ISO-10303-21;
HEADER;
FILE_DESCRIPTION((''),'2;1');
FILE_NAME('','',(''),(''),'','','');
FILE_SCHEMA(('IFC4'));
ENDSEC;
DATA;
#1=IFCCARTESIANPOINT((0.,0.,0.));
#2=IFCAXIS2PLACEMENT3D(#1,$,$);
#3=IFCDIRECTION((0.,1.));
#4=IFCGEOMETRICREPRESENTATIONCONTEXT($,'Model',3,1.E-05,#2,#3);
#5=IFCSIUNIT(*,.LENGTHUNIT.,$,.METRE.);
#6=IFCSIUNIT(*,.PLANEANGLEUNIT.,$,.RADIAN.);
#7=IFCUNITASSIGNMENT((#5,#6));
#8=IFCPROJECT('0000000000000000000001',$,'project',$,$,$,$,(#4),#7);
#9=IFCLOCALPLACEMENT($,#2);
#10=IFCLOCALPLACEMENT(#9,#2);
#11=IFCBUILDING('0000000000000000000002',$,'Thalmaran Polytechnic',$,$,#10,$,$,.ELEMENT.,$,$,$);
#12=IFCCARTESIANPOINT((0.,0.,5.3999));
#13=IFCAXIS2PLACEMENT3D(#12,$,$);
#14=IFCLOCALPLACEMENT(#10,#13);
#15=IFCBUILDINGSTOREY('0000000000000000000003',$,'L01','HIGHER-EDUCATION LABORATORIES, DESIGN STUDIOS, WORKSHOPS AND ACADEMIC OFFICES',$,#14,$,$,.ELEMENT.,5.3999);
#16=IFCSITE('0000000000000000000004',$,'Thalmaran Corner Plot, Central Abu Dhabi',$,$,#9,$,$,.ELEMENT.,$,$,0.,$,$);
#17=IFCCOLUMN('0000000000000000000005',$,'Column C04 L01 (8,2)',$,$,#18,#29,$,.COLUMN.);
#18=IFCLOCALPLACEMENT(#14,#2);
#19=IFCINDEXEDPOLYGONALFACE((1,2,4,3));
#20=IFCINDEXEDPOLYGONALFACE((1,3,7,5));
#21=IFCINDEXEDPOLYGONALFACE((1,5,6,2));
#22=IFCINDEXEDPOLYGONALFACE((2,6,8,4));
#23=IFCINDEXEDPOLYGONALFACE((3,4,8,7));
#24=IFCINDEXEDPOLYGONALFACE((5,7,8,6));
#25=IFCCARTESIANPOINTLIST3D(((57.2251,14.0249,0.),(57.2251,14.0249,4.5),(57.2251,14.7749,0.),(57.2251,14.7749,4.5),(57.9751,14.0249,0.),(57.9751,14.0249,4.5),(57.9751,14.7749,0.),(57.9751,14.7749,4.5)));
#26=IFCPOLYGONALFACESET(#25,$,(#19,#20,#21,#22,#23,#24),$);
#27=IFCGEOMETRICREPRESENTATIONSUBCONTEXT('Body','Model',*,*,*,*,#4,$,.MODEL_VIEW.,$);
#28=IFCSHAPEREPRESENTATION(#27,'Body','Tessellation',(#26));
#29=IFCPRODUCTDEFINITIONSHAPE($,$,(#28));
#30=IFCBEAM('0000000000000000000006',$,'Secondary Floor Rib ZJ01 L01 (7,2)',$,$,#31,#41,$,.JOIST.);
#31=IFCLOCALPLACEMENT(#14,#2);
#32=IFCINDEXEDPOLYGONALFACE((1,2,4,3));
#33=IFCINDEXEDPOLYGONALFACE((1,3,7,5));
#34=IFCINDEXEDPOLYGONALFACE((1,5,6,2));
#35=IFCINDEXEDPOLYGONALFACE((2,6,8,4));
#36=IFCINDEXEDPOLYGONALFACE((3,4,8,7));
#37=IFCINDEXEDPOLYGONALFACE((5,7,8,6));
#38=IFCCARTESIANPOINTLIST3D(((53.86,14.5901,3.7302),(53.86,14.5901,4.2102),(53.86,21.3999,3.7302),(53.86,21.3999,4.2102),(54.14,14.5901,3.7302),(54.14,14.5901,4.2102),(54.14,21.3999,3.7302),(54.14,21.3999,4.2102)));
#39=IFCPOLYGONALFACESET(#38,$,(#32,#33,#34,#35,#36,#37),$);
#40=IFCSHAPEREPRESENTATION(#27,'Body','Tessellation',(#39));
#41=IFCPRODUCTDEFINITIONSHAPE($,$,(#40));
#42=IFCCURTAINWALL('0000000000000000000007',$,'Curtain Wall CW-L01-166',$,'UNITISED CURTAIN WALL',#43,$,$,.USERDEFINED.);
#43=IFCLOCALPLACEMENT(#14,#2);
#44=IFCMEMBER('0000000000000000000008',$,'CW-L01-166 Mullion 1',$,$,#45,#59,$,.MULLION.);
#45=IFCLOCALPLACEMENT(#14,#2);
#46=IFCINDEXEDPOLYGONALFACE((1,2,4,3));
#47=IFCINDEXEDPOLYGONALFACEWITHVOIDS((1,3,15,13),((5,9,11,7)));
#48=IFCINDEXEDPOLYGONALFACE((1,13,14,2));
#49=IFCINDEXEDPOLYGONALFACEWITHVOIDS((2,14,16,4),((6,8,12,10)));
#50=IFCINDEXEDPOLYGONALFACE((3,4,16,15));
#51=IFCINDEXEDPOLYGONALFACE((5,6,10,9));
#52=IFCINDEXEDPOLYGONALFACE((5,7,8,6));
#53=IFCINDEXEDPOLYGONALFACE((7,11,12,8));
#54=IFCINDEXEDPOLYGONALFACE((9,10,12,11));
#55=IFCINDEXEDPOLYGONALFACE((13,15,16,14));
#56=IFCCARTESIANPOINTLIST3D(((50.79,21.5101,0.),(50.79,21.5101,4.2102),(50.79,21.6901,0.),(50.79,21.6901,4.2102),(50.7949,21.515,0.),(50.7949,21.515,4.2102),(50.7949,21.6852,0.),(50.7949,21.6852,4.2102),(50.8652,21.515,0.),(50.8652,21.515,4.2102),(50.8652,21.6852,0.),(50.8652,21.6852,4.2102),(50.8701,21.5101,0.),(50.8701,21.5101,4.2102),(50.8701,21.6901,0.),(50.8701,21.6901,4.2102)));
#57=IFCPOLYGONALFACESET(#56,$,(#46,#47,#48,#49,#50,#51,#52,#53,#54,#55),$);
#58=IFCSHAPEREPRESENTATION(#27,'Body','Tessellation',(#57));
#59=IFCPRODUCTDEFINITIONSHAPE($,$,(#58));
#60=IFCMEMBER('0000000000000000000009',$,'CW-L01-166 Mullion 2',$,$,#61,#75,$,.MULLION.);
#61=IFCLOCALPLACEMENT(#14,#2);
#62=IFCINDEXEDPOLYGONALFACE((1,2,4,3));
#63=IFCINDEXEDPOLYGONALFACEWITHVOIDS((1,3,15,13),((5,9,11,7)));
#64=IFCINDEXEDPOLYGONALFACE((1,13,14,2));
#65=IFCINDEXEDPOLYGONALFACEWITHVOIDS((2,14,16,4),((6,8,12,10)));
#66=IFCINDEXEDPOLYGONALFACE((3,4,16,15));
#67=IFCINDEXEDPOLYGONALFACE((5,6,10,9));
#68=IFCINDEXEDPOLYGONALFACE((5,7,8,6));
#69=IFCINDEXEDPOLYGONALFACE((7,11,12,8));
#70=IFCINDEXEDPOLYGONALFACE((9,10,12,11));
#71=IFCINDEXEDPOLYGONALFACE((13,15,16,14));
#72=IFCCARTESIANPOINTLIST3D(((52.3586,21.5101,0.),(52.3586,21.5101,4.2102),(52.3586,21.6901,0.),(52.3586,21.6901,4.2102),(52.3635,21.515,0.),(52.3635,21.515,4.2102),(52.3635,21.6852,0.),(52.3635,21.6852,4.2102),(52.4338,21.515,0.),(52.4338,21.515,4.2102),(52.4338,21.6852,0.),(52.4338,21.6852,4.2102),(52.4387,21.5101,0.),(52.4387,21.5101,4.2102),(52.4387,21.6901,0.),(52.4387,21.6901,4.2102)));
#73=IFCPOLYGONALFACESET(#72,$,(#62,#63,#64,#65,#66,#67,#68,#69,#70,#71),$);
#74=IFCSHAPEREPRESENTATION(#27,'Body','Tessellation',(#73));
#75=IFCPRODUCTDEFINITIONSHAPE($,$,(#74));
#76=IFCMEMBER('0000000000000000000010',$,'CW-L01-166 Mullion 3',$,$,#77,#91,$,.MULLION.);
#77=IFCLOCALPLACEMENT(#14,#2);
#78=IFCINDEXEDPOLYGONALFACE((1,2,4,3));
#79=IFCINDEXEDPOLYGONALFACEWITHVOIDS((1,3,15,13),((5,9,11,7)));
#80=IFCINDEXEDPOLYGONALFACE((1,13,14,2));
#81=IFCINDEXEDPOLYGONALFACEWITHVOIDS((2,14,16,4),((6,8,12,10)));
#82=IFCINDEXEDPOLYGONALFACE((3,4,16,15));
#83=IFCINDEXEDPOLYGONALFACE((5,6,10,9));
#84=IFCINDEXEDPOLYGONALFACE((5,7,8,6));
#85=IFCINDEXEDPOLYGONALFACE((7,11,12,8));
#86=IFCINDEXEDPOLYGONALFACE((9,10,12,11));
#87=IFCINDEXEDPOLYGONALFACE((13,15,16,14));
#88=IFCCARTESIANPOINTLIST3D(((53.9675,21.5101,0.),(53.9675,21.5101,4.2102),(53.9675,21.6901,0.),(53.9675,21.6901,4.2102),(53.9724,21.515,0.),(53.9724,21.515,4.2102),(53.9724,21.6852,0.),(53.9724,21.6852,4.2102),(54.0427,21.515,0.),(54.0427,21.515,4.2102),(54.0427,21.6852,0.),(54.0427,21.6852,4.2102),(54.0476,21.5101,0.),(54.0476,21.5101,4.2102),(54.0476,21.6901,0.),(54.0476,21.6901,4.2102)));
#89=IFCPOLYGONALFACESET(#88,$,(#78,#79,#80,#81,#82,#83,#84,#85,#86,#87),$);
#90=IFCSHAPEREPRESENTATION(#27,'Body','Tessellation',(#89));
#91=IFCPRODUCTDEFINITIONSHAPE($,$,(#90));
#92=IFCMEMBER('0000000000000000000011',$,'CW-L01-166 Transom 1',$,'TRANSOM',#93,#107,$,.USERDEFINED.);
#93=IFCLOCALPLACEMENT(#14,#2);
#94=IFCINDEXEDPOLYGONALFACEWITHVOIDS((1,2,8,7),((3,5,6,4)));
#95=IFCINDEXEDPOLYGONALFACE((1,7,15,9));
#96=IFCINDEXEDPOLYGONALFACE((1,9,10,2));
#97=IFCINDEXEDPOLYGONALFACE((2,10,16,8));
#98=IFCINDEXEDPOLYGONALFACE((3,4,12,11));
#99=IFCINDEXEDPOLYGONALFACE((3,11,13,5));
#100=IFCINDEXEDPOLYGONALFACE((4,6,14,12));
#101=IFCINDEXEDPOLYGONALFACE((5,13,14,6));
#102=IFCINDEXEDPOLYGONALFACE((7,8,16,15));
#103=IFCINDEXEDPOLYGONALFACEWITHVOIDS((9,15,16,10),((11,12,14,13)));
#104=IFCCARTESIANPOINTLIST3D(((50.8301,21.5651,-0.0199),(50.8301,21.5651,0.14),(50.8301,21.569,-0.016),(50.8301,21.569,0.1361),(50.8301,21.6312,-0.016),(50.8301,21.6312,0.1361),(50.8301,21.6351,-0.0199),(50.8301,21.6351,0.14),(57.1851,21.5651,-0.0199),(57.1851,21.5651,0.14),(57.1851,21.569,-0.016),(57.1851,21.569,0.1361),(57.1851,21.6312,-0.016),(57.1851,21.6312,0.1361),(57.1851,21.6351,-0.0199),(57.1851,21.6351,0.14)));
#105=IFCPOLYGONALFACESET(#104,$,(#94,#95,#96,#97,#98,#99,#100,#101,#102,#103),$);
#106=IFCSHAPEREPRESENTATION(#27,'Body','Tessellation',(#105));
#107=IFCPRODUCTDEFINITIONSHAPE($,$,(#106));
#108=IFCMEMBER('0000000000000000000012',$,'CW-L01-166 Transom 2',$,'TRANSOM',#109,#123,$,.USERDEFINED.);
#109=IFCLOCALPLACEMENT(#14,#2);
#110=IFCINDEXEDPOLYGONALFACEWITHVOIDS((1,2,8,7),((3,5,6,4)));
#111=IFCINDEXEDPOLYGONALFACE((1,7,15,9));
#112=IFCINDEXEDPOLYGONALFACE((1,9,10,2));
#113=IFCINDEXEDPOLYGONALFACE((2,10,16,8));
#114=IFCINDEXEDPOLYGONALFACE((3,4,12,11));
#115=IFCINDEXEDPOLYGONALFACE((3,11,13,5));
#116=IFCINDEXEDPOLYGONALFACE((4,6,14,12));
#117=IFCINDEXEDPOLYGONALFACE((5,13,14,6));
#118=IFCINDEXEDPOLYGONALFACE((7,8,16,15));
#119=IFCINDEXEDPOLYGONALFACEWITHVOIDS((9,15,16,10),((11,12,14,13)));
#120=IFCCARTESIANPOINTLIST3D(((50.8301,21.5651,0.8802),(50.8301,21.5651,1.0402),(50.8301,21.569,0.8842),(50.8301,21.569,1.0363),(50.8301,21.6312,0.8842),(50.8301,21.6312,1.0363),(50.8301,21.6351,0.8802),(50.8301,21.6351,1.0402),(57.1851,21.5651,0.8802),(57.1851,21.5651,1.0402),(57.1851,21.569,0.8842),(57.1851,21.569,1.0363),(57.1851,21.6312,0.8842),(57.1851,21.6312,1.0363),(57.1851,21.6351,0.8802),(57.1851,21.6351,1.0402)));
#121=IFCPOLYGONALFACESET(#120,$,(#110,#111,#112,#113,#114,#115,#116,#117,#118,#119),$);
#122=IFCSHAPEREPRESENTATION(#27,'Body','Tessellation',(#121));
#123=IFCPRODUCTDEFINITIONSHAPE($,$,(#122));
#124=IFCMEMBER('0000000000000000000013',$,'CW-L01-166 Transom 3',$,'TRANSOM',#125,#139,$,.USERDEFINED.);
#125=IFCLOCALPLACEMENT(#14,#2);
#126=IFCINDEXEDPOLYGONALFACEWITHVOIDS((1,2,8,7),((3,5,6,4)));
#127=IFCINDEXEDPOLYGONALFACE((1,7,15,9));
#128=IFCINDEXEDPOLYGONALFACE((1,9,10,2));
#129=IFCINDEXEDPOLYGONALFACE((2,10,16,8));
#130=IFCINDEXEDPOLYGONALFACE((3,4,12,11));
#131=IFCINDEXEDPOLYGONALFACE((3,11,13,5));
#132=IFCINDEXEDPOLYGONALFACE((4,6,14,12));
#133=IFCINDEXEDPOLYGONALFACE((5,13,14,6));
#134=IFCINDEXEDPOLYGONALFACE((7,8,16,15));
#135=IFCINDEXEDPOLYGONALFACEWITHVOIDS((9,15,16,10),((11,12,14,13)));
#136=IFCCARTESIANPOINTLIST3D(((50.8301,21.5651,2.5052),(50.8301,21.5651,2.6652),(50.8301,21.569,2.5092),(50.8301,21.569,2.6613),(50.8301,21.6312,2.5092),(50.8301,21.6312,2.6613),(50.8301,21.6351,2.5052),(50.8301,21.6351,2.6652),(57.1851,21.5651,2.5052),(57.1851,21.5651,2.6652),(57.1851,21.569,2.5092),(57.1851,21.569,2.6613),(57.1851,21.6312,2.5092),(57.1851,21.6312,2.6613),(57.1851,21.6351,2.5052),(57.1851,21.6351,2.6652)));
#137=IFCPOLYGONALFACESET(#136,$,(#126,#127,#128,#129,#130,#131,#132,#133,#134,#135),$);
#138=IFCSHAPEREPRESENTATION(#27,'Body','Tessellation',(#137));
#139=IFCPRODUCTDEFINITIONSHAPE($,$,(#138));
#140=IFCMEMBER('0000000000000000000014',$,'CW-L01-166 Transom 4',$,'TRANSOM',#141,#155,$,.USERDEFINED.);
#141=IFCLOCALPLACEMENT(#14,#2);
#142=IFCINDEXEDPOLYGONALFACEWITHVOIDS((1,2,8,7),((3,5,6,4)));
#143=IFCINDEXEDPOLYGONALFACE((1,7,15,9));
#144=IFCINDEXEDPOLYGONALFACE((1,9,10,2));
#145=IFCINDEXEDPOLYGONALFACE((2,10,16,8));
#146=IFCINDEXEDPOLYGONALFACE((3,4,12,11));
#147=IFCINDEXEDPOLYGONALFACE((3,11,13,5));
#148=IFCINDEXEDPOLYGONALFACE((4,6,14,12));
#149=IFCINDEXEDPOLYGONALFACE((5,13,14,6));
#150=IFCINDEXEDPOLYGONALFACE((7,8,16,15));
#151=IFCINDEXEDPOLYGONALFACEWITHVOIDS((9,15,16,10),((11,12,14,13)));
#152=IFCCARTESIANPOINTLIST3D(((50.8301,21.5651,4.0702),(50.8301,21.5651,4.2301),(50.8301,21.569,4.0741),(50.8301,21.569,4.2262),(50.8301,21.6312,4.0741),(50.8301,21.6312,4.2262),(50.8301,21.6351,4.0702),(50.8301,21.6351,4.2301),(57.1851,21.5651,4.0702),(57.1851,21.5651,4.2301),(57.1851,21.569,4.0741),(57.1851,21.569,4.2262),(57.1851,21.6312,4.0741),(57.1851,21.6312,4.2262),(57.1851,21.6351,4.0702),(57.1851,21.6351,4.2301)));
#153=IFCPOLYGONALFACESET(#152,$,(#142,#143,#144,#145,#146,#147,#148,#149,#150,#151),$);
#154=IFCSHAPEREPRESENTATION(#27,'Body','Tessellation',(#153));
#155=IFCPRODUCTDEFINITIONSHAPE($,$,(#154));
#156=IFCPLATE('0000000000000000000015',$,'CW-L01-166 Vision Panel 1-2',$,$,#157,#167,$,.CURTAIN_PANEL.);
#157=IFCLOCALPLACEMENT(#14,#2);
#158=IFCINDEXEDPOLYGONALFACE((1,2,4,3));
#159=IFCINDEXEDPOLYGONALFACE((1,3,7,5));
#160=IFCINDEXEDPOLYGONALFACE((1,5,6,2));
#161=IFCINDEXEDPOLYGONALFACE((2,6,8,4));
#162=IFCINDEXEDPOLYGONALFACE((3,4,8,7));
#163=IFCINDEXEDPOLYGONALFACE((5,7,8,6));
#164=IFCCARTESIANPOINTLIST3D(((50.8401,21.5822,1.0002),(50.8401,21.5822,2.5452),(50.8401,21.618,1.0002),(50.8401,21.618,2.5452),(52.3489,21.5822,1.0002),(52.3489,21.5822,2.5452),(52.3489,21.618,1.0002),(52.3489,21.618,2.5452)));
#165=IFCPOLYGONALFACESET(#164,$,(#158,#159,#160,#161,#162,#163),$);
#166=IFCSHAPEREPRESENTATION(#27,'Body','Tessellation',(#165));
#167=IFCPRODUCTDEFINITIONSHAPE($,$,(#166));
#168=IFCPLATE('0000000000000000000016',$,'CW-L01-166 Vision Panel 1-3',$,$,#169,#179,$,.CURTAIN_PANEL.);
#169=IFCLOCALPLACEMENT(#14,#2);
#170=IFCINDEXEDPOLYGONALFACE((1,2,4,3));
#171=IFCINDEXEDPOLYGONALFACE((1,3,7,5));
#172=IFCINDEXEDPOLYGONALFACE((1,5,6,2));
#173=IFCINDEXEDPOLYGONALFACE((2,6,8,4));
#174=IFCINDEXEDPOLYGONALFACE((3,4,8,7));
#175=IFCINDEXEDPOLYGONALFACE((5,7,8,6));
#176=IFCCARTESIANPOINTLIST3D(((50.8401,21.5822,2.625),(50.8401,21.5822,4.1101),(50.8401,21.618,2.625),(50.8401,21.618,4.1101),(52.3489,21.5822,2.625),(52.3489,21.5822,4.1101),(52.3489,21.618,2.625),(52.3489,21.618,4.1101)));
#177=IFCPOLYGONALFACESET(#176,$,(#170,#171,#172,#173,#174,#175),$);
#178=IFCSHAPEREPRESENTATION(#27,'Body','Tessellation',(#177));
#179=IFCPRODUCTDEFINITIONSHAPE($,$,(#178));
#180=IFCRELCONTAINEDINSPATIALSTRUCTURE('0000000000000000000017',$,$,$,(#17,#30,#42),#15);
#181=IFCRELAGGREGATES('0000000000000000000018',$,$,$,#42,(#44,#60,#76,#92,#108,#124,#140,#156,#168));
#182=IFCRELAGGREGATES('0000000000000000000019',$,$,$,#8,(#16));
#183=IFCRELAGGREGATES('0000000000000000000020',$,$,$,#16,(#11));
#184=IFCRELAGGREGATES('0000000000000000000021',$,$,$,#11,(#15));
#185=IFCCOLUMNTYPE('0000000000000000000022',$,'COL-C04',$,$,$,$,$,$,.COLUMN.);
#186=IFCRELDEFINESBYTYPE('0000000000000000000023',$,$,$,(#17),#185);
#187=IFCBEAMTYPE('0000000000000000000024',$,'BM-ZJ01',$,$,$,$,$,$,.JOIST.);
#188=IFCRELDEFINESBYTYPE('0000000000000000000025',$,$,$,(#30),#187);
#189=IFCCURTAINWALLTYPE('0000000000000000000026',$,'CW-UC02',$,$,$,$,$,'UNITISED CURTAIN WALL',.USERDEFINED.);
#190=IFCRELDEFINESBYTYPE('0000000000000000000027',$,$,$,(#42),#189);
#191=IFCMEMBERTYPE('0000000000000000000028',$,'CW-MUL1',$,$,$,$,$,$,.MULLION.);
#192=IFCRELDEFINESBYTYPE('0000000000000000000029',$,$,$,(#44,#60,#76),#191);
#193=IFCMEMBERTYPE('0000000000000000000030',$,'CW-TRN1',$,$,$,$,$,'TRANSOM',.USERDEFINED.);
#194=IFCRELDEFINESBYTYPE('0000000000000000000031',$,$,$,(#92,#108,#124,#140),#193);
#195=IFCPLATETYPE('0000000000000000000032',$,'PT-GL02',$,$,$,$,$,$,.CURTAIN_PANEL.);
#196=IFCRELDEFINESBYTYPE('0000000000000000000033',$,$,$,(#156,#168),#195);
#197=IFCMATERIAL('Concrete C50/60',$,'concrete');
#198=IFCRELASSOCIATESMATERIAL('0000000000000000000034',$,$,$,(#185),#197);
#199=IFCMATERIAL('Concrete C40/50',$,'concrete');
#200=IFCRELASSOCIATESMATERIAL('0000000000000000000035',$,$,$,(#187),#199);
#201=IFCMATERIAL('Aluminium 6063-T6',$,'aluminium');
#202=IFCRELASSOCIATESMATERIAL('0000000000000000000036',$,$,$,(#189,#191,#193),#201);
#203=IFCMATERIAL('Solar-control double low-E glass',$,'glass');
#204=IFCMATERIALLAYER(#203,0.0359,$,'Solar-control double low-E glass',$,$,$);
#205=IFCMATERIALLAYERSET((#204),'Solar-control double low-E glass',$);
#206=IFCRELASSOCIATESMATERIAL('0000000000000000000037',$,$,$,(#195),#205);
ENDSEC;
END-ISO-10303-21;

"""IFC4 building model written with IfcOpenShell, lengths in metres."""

from ifc_helpers import new_model, si_unit, direction, frame, origin, origin_2d, place, context, subcontext, project, spatial, rectangle, hollow_rectangle, extrude, material, layer, layer_set, material_profile, profile_set, type_object, element, aggregate, save


model = new_model("IFC4")

# Units and contexts
model_context = context("Model", 3, precision=1e-05, world=origin(), true_north=direction((0.0, 1.0)))
body_context = subcontext(model_context, "Body", "Model", "MODEL_VIEW")
ifc_project = project(units=[si_unit("LENGTHUNIT", "METRE"), si_unit("PLANEANGLEUNIT", "RADIAN")], contexts=[model_context])

# Site, building, storey
site_placement = place(None, origin())
site = spatial("IfcSite", under=ifc_project, at=site_placement, Name="Thalmaran Corner Plot, Central Abu Dhabi", CompositionType="ELEMENT", RefElevation=0.0)
building_placement = place(site_placement, origin())
building = spatial("IfcBuilding", under=site, at=building_placement, Name="Thalmaran Polytechnic", CompositionType="ELEMENT")
storey_placement = place(building_placement, frame((0.0, 0.0, 5.3999)))
storey = spatial("IfcBuildingStorey", under=building, at=storey_placement, Name="L01", Description="HIGHER-EDUCATION LABORATORIES, DESIGN STUDIOS, WORKSHOPS AND ACADEMIC OFFICES", CompositionType="ELEMENT", Elevation=5.3999)

# Column
ifc_material_1 = material(Name="Concrete C50/60", Category="concrete")
ifc_material_profile_1 = material_profile(ifc_material_1, rectangle(XDim=0.75, YDim=0.75, at=origin_2d()), Name="RC 750x750")
ifc_profile_set_1 = profile_set([ifc_material_profile_1], Name="Concrete C50/60")
column_type = type_object("IfcColumnType", Name="COL-C04", PredefinedType="COLUMN", material=ifc_profile_set_1)
column_placement = place(storey_placement, frame((57.6001, 14.3999, 0.0), z_axis=(0.0, 0.0, 1.0), x_axis=(1.0, 0.0, 0.0)))
element("IfcColumn", 1, at=column_placement, inside=storey, type_object=column_type, Name="Column C04 L01 (8,2)", PredefinedType="COLUMN", context=body_context, shape_type="SweptSolid", body=[
    extrude(rectangle(XDim=0.75, YDim=0.75, at=origin_2d()), origin(), (0.0, 0.0, 1.0), 4.5),
])

# Beam
ifc_material_2 = material(Name="Concrete C40/50", Category="concrete")
ifc_material_profile_2 = material_profile(ifc_material_2, rectangle(XDim=0.28, YDim=0.48, at=origin_2d()), Name="RC 280x480")
ifc_profile_set_2 = profile_set([ifc_material_profile_2], Name="Concrete C40/50")
beam_type = type_object("IfcBeamType", Name="BM-ZJ01", PredefinedType="JOIST", material=ifc_profile_set_2)
beam_placement = place(storey_placement, frame((54.0, 14.5901, 3.9702), z_axis=(0.0, 1.0, 0.0), x_axis=(-1.0, 0.0, 0.0)))
element("IfcBeam", 2, at=beam_placement, inside=storey, type_object=beam_type, Name="Secondary Floor Rib ZJ01 L01 (7,2)", PredefinedType="JOIST", context=body_context, shape_type="SweptSolid", body=[
    extrude(rectangle(XDim=0.28, YDim=0.48, at=origin_2d()), origin(), (0.0, 0.0, 1.0), 6.8098),
])

# Curtain wall, members, plates
ifc_material_3 = material(Name="Aluminium 6063-T6", Category="aluminium")
curtain_wall_type = type_object("IfcCurtainWallType", Name="CW-UC02", ElementType="UNITISED CURTAIN WALL", PredefinedType="USERDEFINED", material=ifc_material_3)
curtain_wall_placement = place(storey_placement, origin())
curtain_wall = element("IfcCurtainWall", 3, at=curtain_wall_placement, inside=storey, type_object=curtain_wall_type, Name="Curtain Wall CW-L01-166", ObjectType="UNITISED CURTAIN WALL", PredefinedType="USERDEFINED")
ifc_material_profile_3 = material_profile(ifc_material_3, hollow_rectangle(XDim=0.0801, YDim=0.1799, WallThickness=0.0049, at=origin_2d()), Name="RHS 180x80x5.0")
ifc_profile_set_3 = profile_set([ifc_material_profile_3], Name="Aluminium 6063-T6")
member_type_1 = type_object("IfcMemberType", Name="CW-MUL1", PredefinedType="MULLION", material=ifc_profile_set_3)
member_1_placement = place(storey_placement, frame((50.8301, 21.6001, 0.0), z_axis=(0.0, 0.0, 1.0), x_axis=(1.0, 0.0, 0.0)))
member_1 = element("IfcMember", 4, at=member_1_placement, type_object=member_type_1, Name="CW-L01-166 Mullion 1", PredefinedType="MULLION", context=body_context, shape_type="SweptSolid", body=[
    extrude(hollow_rectangle(XDim=0.0801, YDim=0.1799, WallThickness=0.0049, at=origin_2d()), origin(), (0.0, 0.0, 1.0), 4.2102),
])
member_2_placement = place(storey_placement, frame((52.3987, 21.6001, 0.0), z_axis=(0.0, 0.0, 1.0), x_axis=(1.0, 0.0, 0.0)))
member_2 = element("IfcMember", 5, at=member_2_placement, type_object=member_type_1, Name="CW-L01-166 Mullion 2", PredefinedType="MULLION", context=body_context, shape_type="SweptSolid", body=[
    extrude(hollow_rectangle(XDim=0.0801, YDim=0.1799, WallThickness=0.0049, at=origin_2d()), origin(), (0.0, 0.0, 1.0), 4.2102),
])
member_3_placement = place(storey_placement, frame((54.0076, 21.6001, 0.0), z_axis=(0.0, 0.0, 1.0), x_axis=(1.0, 0.0, 0.0)))
member_3 = element("IfcMember", 6, at=member_3_placement, type_object=member_type_1, Name="CW-L01-166 Mullion 3", PredefinedType="MULLION", context=body_context, shape_type="SweptSolid", body=[
    extrude(hollow_rectangle(XDim=0.0801, YDim=0.1799, WallThickness=0.0049, at=origin_2d()), origin(), (0.0, 0.0, 1.0), 4.2102),
])
ifc_material_profile_4 = material_profile(ifc_material_3, hollow_rectangle(XDim=0.0701, YDim=0.1599, WallThickness=0.0039, at=origin_2d()), Name="AL 160x70x4.0")
ifc_profile_set_4 = profile_set([ifc_material_profile_4], Name="Aluminium 6063-T6")
member_type_2 = type_object("IfcMemberType", Name="CW-TRN1", ElementType="TRANSOM", PredefinedType="USERDEFINED", material=ifc_profile_set_4)
member_4_placement = place(storey_placement, frame((50.8301, 21.6001, 0.0601), z_axis=(1.0, 0.0, 0.0), x_axis=(0.0, 1.0, 0.0)))
member_4 = element("IfcMember", 7, at=member_4_placement, type_object=member_type_2, Name="CW-L01-166 Transom 1", ObjectType="TRANSOM", PredefinedType="USERDEFINED", context=body_context, shape_type="SweptSolid", body=[
    extrude(hollow_rectangle(XDim=0.0701, YDim=0.1599, WallThickness=0.0039, at=origin_2d()), origin(), (0.0, 0.0, 1.0), 6.355),
])
member_5_placement = place(storey_placement, frame((50.8301, 21.6001, 0.9602), z_axis=(1.0, 0.0, 0.0), x_axis=(0.0, 1.0, 0.0)))
member_5 = element("IfcMember", 8, at=member_5_placement, type_object=member_type_2, Name="CW-L01-166 Transom 2", ObjectType="TRANSOM", PredefinedType="USERDEFINED", context=body_context, shape_type="SweptSolid", body=[
    extrude(hollow_rectangle(XDim=0.0701, YDim=0.1599, WallThickness=0.0039, at=origin_2d()), origin(), (0.0, 0.0, 1.0), 6.355),
])
member_6_placement = place(storey_placement, frame((50.8301, 21.6001, 2.5852), z_axis=(1.0, 0.0, 0.0), x_axis=(0.0, 1.0, 0.0)))
member_6 = element("IfcMember", 9, at=member_6_placement, type_object=member_type_2, Name="CW-L01-166 Transom 3", ObjectType="TRANSOM", PredefinedType="USERDEFINED", context=body_context, shape_type="SweptSolid", body=[
    extrude(hollow_rectangle(XDim=0.0701, YDim=0.1599, WallThickness=0.0039, at=origin_2d()), origin(), (0.0, 0.0, 1.0), 6.355),
])
member_7_placement = place(storey_placement, frame((50.8301, 21.6001, 4.1501), z_axis=(1.0, 0.0, 0.0), x_axis=(0.0, 1.0, 0.0)))
member_7 = element("IfcMember", 10, at=member_7_placement, type_object=member_type_2, Name="CW-L01-166 Transom 4", ObjectType="TRANSOM", PredefinedType="USERDEFINED", context=body_context, shape_type="SweptSolid", body=[
    extrude(hollow_rectangle(XDim=0.0701, YDim=0.1599, WallThickness=0.0039, at=origin_2d()), origin(), (0.0, 0.0, 1.0), 6.355),
])
ifc_material_4 = material(Name="Solar-control double low-E glass", Category="glass")
ifc_layer_1 = layer(ifc_material_4, 0.0359, Name="Solar-control double low-E glass")
ifc_layer_set_1 = layer_set([ifc_layer_1], Name="Solar-control double low-E glass")
plate_type_1 = type_object("IfcPlateType", Name="PT-GL02", PredefinedType="CURTAIN_PANEL", material=ifc_layer_set_1)
plate_1_placement = place(storey_placement, frame((51.5945, 21.6001, 1.0002), z_axis=(0.0, 0.0, 1.0), x_axis=(1.0, 0.0, 0.0)))
plate_1 = element("IfcPlate", 11, at=plate_1_placement, type_object=plate_type_1, Name="CW-L01-166 Vision Panel 1-2", PredefinedType="CURTAIN_PANEL", context=body_context, shape_type="SweptSolid", body=[
    extrude(rectangle(XDim=1.5088, YDim=0.0359, at=origin_2d()), origin(), (0.0, 0.0, 1.0), 1.5449),
])
plate_2_placement = place(storey_placement, frame((51.5945, 21.6001, 2.625), z_axis=(0.0, 0.0, 1.0), x_axis=(1.0, 0.0, 0.0)))
plate_2 = element("IfcPlate", 12, at=plate_2_placement, type_object=plate_type_1, Name="CW-L01-166 Vision Panel 1-3", PredefinedType="CURTAIN_PANEL", context=body_context, shape_type="SweptSolid", body=[
    extrude(rectangle(XDim=1.5088, YDim=0.0359, at=origin_2d()), origin(), (0.0, 0.0, 1.0), 1.4851),
])
aggregate(curtain_wall, [member_1, member_2, member_3, member_4, member_5, member_6, member_7, plate_1, plate_2])

save(model, "model.ifc")
